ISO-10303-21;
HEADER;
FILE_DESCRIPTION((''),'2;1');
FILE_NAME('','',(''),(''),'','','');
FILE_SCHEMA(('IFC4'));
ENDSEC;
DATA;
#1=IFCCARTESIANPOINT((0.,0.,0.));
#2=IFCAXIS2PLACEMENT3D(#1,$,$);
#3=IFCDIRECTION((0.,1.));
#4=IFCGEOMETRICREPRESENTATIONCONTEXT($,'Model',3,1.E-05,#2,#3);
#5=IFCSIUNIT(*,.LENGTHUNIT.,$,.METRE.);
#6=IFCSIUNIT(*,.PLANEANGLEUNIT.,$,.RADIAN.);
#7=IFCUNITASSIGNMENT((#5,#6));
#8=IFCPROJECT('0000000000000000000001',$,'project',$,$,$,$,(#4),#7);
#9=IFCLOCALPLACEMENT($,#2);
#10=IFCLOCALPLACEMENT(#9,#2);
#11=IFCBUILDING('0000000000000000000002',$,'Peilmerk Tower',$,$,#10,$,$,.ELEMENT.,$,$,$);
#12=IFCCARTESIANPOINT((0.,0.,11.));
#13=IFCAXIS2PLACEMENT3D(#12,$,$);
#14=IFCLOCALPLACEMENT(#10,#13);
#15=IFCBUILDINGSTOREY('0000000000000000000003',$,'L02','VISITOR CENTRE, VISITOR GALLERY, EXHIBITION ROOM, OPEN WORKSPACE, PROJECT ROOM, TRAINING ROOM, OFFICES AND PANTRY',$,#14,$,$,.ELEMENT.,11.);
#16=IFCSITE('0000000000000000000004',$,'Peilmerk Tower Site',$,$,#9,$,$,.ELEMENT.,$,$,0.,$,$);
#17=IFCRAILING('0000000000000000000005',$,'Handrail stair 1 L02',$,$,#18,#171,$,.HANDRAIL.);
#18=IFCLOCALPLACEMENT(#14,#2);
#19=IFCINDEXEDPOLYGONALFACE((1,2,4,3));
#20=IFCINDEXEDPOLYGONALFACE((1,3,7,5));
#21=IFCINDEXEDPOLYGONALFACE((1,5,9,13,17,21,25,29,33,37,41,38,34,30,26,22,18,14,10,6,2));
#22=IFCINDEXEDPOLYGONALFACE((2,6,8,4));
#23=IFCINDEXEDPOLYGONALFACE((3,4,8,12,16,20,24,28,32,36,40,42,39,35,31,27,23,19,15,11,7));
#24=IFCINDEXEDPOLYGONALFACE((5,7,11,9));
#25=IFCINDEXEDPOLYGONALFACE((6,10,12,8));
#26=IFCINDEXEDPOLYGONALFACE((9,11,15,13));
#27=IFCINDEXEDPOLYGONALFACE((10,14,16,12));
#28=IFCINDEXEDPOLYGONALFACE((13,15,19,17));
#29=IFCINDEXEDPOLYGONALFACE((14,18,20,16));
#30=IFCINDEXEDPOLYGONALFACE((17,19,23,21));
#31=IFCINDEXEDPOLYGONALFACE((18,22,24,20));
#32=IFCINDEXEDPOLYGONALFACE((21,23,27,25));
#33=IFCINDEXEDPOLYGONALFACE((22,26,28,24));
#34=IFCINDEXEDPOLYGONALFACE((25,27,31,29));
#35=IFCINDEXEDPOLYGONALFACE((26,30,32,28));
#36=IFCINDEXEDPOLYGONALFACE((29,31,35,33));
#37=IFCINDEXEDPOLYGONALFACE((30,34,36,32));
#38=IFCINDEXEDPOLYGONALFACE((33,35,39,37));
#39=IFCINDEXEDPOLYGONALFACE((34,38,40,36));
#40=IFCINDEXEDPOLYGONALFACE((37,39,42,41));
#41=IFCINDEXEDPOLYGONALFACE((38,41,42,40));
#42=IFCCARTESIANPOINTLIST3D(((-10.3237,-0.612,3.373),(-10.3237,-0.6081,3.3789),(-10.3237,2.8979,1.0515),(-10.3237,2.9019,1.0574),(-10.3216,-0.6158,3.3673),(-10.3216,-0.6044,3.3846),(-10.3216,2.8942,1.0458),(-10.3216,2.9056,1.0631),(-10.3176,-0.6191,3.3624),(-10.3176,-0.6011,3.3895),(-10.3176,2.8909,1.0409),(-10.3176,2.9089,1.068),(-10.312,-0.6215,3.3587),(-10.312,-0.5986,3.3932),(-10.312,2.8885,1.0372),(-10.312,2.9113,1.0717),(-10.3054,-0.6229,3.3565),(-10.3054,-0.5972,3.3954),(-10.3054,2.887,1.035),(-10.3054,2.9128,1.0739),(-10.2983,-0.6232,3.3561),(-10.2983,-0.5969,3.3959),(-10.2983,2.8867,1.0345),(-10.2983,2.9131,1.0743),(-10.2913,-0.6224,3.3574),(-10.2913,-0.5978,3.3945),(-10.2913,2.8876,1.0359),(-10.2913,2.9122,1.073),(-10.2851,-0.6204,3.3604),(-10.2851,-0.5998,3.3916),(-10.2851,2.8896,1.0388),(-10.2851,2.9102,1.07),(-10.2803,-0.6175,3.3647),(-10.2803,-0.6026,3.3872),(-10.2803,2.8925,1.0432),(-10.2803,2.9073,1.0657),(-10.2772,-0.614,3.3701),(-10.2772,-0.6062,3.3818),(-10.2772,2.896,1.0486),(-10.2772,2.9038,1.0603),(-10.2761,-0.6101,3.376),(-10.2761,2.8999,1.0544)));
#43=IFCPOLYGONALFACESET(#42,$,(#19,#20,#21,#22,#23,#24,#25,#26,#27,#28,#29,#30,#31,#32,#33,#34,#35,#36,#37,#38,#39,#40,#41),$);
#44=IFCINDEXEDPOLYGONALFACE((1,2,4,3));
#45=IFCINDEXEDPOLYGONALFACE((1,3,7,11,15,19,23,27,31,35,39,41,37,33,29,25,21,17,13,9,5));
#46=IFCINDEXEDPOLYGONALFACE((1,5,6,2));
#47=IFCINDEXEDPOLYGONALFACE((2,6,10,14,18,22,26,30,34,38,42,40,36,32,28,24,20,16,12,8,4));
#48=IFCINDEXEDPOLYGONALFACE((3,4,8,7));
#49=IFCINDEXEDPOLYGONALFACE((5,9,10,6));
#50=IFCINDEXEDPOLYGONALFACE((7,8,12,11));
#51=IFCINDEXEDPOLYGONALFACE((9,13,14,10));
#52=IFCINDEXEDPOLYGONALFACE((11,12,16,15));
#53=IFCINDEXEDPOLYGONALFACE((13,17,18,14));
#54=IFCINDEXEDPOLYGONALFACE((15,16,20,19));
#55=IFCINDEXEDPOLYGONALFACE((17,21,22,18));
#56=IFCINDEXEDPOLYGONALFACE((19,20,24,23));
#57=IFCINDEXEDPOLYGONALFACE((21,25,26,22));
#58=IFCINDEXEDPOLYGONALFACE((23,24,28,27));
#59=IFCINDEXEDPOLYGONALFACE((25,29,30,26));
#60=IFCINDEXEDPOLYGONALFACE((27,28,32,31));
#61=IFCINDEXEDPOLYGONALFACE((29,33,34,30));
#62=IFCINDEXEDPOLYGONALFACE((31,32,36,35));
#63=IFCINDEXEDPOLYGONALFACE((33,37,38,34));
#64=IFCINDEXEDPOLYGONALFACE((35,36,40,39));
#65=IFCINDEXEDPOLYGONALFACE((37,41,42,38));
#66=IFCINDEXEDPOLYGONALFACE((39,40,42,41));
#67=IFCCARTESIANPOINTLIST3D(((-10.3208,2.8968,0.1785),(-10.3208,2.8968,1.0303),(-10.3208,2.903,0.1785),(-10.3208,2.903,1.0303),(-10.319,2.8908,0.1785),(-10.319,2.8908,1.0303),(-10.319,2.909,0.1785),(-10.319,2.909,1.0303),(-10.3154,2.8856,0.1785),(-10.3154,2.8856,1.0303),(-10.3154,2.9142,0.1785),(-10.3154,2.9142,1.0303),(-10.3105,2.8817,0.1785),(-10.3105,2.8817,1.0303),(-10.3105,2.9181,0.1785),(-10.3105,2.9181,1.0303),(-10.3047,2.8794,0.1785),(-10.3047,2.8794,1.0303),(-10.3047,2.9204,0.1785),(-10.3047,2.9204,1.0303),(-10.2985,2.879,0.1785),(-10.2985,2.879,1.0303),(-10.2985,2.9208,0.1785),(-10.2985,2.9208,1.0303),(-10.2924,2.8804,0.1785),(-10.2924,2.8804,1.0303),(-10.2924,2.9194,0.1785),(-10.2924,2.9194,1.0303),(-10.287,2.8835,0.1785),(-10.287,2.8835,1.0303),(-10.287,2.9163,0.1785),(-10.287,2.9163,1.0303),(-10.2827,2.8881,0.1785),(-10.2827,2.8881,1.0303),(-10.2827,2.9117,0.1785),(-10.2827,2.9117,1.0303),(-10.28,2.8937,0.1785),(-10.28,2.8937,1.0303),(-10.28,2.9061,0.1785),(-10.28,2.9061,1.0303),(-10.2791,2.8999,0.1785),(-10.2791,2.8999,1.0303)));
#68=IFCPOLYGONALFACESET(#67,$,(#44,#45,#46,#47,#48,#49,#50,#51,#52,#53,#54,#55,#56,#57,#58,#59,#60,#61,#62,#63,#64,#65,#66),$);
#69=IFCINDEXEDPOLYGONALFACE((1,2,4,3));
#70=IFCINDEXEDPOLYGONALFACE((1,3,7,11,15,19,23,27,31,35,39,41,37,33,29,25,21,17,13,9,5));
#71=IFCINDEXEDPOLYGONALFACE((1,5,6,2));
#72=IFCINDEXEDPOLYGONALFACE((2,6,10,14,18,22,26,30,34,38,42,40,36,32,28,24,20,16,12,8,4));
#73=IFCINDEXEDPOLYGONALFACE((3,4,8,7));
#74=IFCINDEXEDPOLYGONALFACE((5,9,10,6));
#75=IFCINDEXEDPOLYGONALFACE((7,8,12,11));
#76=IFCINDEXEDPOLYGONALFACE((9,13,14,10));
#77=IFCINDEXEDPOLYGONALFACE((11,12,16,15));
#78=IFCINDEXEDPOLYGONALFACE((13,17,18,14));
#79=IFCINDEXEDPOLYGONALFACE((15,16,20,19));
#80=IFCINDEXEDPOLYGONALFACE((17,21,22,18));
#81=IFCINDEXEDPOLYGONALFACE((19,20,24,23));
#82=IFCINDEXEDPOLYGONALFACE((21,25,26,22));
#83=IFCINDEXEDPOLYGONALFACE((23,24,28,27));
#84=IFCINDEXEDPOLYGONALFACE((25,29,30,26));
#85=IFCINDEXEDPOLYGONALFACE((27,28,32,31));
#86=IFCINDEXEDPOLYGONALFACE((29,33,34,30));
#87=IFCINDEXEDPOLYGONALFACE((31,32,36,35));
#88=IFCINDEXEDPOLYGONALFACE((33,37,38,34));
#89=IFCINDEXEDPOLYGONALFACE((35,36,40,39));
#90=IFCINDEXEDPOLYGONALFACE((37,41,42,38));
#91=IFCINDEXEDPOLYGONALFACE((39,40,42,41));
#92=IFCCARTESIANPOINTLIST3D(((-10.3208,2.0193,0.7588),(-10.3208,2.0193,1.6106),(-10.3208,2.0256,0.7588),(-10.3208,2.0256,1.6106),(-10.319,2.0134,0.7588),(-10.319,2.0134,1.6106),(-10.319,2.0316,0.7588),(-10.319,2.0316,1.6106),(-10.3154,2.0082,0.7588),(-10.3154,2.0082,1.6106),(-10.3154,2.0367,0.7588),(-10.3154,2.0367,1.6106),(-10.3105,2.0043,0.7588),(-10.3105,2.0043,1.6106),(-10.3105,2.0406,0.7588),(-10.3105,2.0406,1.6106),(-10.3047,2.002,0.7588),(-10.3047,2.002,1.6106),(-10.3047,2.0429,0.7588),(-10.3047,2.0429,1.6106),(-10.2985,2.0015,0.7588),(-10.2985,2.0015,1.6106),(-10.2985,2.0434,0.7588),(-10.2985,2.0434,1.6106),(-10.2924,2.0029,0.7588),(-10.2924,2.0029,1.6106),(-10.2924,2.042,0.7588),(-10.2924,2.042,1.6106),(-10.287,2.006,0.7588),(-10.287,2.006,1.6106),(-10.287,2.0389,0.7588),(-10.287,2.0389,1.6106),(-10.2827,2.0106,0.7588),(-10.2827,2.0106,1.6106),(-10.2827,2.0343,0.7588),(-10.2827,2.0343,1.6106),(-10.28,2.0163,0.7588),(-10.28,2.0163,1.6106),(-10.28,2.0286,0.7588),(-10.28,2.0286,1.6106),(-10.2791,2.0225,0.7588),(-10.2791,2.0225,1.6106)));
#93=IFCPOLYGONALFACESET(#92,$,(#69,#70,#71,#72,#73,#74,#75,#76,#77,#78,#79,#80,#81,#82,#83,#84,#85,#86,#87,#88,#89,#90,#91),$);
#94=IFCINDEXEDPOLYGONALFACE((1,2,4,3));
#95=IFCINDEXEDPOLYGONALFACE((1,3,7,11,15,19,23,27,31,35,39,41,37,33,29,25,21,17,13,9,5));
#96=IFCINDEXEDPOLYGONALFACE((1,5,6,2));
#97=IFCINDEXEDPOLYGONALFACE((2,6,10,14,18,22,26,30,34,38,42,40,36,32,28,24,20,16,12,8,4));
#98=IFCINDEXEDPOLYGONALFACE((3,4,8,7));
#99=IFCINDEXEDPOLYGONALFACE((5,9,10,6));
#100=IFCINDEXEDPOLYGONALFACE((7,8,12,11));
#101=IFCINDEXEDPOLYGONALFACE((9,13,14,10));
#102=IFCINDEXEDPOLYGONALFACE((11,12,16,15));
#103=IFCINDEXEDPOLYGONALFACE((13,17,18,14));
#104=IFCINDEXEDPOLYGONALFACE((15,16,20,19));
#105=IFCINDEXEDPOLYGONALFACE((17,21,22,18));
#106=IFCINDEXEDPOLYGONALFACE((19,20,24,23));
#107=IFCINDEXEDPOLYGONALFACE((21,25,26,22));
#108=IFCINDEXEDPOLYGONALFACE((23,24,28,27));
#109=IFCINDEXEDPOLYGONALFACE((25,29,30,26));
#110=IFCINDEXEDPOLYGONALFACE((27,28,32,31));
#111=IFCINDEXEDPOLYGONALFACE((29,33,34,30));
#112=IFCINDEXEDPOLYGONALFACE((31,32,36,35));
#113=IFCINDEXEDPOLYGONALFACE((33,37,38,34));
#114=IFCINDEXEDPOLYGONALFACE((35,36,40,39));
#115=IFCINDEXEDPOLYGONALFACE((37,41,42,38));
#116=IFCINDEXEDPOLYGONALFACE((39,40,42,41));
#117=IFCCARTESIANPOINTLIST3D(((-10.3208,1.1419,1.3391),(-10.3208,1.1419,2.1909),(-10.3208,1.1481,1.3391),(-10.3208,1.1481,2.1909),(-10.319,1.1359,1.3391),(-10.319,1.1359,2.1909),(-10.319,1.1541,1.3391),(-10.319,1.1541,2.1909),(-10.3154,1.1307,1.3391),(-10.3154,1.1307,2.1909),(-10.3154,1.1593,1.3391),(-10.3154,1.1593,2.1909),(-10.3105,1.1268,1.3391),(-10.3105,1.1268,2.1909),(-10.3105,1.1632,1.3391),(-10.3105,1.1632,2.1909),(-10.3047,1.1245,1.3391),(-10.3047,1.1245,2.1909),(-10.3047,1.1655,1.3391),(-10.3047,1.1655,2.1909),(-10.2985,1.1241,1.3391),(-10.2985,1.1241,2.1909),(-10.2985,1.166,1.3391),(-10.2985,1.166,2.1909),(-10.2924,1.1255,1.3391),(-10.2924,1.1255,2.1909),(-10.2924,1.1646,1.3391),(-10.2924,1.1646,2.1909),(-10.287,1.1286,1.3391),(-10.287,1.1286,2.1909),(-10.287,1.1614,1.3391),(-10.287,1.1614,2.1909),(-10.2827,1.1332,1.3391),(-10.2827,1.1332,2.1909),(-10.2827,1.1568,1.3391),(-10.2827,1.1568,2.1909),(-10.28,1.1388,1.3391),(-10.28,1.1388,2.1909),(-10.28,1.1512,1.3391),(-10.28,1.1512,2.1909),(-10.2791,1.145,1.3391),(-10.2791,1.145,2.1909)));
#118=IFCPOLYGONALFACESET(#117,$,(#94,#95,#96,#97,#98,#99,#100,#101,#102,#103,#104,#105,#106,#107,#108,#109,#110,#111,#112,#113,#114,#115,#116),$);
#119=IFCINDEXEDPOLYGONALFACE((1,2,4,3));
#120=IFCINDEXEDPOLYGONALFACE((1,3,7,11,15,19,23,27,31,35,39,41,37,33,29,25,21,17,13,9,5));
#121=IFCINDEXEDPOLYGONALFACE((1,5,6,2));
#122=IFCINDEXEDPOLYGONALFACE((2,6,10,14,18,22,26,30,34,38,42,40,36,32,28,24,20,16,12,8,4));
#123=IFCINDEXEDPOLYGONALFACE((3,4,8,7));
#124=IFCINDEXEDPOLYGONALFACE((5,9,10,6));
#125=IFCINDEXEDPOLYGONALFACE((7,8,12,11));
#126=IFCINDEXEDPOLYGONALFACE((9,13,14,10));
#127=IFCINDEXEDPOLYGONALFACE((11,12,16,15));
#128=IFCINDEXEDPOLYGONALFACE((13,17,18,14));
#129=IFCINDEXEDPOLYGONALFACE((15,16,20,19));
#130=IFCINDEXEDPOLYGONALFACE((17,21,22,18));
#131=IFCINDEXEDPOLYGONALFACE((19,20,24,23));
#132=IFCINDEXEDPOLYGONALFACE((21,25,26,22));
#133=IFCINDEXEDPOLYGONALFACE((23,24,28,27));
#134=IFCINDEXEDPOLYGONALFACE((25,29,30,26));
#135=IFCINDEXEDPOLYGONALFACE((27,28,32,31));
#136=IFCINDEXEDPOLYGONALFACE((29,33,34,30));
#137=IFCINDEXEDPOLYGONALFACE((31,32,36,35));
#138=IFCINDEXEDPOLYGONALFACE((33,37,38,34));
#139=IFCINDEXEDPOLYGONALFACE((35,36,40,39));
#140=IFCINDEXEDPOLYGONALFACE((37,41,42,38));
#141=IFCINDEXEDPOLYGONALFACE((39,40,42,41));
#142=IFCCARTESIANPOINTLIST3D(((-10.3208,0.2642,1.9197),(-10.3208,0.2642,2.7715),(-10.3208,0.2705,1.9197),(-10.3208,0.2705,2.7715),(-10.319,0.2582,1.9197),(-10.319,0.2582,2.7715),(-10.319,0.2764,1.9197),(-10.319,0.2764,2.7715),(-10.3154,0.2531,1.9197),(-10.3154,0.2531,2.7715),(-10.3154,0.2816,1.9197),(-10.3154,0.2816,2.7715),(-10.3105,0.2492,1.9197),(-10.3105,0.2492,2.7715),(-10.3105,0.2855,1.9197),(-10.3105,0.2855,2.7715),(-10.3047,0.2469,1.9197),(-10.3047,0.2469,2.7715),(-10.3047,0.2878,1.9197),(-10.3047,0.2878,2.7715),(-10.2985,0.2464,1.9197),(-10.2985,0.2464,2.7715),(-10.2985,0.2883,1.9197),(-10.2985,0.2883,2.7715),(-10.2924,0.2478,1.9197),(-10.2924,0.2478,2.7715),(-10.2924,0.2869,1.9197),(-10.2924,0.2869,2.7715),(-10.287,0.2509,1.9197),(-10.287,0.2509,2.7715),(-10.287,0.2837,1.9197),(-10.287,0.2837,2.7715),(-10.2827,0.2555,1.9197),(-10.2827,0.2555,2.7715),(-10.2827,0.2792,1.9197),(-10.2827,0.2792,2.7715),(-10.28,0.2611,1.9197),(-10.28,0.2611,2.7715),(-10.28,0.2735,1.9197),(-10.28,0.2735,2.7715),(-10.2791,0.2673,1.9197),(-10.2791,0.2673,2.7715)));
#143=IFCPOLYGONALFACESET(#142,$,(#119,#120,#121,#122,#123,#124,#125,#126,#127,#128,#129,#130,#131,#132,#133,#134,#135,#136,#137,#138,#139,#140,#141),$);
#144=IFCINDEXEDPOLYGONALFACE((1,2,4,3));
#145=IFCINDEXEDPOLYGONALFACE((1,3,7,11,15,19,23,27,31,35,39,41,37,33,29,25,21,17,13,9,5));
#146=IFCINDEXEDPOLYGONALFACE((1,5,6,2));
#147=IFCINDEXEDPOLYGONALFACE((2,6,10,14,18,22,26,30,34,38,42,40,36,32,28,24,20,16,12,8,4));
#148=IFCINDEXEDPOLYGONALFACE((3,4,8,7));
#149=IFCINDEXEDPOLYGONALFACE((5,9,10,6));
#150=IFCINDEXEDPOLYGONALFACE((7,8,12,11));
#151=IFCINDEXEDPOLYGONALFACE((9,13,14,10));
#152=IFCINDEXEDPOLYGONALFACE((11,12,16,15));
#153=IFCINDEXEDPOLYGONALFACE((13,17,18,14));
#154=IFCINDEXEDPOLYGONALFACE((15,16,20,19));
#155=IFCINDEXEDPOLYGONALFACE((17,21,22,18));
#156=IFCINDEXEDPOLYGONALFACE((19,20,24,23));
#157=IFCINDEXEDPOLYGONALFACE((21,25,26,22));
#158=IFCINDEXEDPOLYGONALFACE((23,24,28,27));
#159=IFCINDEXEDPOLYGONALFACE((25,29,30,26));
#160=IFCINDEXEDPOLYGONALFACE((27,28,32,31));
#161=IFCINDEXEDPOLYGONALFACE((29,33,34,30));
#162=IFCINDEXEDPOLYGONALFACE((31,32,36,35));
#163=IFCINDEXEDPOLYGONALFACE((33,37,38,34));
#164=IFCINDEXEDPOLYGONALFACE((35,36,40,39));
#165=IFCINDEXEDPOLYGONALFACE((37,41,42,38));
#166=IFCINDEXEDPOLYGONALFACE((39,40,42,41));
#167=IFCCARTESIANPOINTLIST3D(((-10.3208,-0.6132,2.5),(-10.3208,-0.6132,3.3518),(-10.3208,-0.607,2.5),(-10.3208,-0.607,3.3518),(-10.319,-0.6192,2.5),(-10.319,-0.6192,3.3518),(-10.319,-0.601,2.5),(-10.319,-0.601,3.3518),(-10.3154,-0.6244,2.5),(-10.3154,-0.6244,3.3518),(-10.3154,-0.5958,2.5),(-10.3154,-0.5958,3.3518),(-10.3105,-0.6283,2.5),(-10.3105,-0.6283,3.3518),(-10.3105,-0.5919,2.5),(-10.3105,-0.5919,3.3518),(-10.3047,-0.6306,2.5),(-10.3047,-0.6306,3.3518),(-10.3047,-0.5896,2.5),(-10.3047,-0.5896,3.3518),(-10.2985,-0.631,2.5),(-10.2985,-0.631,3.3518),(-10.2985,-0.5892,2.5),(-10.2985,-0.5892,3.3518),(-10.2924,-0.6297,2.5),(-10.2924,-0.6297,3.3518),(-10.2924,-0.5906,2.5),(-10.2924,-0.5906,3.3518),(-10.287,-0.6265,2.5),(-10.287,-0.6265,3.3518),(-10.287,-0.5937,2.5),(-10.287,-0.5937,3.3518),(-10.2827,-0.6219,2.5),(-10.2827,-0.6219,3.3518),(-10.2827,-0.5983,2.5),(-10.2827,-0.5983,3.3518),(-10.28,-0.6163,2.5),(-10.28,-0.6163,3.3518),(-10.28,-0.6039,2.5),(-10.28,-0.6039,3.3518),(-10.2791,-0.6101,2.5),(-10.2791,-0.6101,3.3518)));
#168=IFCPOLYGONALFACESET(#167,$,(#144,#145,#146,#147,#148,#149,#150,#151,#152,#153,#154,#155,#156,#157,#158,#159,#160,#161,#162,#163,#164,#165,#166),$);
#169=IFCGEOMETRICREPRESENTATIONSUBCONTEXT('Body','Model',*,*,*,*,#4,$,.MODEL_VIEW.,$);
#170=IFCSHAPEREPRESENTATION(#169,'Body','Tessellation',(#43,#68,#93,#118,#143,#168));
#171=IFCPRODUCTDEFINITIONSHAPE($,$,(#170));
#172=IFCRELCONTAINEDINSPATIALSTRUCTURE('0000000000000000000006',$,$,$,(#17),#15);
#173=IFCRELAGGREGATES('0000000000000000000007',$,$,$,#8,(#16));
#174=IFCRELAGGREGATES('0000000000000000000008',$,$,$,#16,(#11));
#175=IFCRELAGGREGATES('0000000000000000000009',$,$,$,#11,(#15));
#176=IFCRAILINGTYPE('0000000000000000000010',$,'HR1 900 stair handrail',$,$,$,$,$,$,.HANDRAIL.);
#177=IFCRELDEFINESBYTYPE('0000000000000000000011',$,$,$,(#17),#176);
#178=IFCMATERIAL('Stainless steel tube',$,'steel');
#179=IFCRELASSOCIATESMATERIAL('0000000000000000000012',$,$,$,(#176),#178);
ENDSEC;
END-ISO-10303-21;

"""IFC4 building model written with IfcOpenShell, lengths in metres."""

from ifc_helpers import new_model, si_unit, direction, frame, origin, origin_2d, place, context, subcontext, project, spatial, circle, extrude, material, type_object, element, save


model = new_model("IFC4")

# Units and contexts
model_context = context("Model", 3, precision=1e-05, world=origin(), true_north=direction((0.0, 1.0)))
body_context = subcontext(model_context, "Body", "Model", "MODEL_VIEW")
ifc_project = project(units=[si_unit("LENGTHUNIT", "METRE"), si_unit("PLANEANGLEUNIT", "RADIAN")], contexts=[model_context])

# Site, building, storey
site_placement = place(None, origin())
site = spatial("IfcSite", under=ifc_project, at=site_placement, Name="Peilmerk Tower Site", CompositionType="ELEMENT", RefElevation=0.0)
building_placement = place(site_placement, origin())
building = spatial("IfcBuilding", under=site, at=building_placement, Name="Peilmerk Tower", CompositionType="ELEMENT")
storey_placement = place(building_placement, frame((0.0, 0.0, 11.0)))
storey = spatial("IfcBuildingStorey", under=building, at=storey_placement, Name="L02", Description="VISITOR CENTRE, VISITOR GALLERY, EXHIBITION ROOM, OPEN WORKSPACE, PROJECT ROOM, TRAINING ROOM, OFFICES AND PANTRY", CompositionType="ELEMENT", Elevation=11.0)

# Railing
ifc_material_1 = material(Name="Stainless steel tube", Category="steel")
railing_type_1 = type_object("IfcRailingType", Name="HR1 900 stair handrail", PredefinedType="HANDRAIL", material=ifc_material_1)
railing_1_placement = place(storey_placement, frame((-10.3, 2.8999, 0.1785)))
element("IfcRailing", 1, at=railing_1_placement, inside=storey, type_object=railing_type_1, Name="Handrail stair 1 L02", PredefinedType="HANDRAIL", context=body_context, shape_type="SweptSolid", body=[
    extrude(circle(Radius=0.0239, at=origin_2d()), frame((0.0, 0.0, 0.876), z_axis=(0.0, -0.834071, 0.551657), x_axis=(1.0, 0.0, 0.0)), (0.0, 0.0, 1.0), 4.2083),
    extrude(circle(Radius=0.021, at=origin_2d()), origin(), (0.0, 0.0, 1.0), 0.8518),
    extrude(circle(Radius=0.021, at=origin_2d()), frame((0.0, -0.8774, 0.5803)), (0.0, 0.0, 1.0), 0.8518),
    extrude(circle(Radius=0.021, at=origin_2d()), frame((0.0, -1.7549, 1.1606)), (0.0, 0.0, 1.0), 0.8518),
    extrude(circle(Radius=0.021, at=origin_2d()), frame((0.0, -2.6326, 1.7412)), (0.0, 0.0, 1.0), 0.8518),
    extrude(circle(Radius=0.021, at=origin_2d()), frame((0.0, -3.51, 2.3215)), (0.0, 0.0, 1.0), 0.8518),
])

save(model, "model.ifc")
